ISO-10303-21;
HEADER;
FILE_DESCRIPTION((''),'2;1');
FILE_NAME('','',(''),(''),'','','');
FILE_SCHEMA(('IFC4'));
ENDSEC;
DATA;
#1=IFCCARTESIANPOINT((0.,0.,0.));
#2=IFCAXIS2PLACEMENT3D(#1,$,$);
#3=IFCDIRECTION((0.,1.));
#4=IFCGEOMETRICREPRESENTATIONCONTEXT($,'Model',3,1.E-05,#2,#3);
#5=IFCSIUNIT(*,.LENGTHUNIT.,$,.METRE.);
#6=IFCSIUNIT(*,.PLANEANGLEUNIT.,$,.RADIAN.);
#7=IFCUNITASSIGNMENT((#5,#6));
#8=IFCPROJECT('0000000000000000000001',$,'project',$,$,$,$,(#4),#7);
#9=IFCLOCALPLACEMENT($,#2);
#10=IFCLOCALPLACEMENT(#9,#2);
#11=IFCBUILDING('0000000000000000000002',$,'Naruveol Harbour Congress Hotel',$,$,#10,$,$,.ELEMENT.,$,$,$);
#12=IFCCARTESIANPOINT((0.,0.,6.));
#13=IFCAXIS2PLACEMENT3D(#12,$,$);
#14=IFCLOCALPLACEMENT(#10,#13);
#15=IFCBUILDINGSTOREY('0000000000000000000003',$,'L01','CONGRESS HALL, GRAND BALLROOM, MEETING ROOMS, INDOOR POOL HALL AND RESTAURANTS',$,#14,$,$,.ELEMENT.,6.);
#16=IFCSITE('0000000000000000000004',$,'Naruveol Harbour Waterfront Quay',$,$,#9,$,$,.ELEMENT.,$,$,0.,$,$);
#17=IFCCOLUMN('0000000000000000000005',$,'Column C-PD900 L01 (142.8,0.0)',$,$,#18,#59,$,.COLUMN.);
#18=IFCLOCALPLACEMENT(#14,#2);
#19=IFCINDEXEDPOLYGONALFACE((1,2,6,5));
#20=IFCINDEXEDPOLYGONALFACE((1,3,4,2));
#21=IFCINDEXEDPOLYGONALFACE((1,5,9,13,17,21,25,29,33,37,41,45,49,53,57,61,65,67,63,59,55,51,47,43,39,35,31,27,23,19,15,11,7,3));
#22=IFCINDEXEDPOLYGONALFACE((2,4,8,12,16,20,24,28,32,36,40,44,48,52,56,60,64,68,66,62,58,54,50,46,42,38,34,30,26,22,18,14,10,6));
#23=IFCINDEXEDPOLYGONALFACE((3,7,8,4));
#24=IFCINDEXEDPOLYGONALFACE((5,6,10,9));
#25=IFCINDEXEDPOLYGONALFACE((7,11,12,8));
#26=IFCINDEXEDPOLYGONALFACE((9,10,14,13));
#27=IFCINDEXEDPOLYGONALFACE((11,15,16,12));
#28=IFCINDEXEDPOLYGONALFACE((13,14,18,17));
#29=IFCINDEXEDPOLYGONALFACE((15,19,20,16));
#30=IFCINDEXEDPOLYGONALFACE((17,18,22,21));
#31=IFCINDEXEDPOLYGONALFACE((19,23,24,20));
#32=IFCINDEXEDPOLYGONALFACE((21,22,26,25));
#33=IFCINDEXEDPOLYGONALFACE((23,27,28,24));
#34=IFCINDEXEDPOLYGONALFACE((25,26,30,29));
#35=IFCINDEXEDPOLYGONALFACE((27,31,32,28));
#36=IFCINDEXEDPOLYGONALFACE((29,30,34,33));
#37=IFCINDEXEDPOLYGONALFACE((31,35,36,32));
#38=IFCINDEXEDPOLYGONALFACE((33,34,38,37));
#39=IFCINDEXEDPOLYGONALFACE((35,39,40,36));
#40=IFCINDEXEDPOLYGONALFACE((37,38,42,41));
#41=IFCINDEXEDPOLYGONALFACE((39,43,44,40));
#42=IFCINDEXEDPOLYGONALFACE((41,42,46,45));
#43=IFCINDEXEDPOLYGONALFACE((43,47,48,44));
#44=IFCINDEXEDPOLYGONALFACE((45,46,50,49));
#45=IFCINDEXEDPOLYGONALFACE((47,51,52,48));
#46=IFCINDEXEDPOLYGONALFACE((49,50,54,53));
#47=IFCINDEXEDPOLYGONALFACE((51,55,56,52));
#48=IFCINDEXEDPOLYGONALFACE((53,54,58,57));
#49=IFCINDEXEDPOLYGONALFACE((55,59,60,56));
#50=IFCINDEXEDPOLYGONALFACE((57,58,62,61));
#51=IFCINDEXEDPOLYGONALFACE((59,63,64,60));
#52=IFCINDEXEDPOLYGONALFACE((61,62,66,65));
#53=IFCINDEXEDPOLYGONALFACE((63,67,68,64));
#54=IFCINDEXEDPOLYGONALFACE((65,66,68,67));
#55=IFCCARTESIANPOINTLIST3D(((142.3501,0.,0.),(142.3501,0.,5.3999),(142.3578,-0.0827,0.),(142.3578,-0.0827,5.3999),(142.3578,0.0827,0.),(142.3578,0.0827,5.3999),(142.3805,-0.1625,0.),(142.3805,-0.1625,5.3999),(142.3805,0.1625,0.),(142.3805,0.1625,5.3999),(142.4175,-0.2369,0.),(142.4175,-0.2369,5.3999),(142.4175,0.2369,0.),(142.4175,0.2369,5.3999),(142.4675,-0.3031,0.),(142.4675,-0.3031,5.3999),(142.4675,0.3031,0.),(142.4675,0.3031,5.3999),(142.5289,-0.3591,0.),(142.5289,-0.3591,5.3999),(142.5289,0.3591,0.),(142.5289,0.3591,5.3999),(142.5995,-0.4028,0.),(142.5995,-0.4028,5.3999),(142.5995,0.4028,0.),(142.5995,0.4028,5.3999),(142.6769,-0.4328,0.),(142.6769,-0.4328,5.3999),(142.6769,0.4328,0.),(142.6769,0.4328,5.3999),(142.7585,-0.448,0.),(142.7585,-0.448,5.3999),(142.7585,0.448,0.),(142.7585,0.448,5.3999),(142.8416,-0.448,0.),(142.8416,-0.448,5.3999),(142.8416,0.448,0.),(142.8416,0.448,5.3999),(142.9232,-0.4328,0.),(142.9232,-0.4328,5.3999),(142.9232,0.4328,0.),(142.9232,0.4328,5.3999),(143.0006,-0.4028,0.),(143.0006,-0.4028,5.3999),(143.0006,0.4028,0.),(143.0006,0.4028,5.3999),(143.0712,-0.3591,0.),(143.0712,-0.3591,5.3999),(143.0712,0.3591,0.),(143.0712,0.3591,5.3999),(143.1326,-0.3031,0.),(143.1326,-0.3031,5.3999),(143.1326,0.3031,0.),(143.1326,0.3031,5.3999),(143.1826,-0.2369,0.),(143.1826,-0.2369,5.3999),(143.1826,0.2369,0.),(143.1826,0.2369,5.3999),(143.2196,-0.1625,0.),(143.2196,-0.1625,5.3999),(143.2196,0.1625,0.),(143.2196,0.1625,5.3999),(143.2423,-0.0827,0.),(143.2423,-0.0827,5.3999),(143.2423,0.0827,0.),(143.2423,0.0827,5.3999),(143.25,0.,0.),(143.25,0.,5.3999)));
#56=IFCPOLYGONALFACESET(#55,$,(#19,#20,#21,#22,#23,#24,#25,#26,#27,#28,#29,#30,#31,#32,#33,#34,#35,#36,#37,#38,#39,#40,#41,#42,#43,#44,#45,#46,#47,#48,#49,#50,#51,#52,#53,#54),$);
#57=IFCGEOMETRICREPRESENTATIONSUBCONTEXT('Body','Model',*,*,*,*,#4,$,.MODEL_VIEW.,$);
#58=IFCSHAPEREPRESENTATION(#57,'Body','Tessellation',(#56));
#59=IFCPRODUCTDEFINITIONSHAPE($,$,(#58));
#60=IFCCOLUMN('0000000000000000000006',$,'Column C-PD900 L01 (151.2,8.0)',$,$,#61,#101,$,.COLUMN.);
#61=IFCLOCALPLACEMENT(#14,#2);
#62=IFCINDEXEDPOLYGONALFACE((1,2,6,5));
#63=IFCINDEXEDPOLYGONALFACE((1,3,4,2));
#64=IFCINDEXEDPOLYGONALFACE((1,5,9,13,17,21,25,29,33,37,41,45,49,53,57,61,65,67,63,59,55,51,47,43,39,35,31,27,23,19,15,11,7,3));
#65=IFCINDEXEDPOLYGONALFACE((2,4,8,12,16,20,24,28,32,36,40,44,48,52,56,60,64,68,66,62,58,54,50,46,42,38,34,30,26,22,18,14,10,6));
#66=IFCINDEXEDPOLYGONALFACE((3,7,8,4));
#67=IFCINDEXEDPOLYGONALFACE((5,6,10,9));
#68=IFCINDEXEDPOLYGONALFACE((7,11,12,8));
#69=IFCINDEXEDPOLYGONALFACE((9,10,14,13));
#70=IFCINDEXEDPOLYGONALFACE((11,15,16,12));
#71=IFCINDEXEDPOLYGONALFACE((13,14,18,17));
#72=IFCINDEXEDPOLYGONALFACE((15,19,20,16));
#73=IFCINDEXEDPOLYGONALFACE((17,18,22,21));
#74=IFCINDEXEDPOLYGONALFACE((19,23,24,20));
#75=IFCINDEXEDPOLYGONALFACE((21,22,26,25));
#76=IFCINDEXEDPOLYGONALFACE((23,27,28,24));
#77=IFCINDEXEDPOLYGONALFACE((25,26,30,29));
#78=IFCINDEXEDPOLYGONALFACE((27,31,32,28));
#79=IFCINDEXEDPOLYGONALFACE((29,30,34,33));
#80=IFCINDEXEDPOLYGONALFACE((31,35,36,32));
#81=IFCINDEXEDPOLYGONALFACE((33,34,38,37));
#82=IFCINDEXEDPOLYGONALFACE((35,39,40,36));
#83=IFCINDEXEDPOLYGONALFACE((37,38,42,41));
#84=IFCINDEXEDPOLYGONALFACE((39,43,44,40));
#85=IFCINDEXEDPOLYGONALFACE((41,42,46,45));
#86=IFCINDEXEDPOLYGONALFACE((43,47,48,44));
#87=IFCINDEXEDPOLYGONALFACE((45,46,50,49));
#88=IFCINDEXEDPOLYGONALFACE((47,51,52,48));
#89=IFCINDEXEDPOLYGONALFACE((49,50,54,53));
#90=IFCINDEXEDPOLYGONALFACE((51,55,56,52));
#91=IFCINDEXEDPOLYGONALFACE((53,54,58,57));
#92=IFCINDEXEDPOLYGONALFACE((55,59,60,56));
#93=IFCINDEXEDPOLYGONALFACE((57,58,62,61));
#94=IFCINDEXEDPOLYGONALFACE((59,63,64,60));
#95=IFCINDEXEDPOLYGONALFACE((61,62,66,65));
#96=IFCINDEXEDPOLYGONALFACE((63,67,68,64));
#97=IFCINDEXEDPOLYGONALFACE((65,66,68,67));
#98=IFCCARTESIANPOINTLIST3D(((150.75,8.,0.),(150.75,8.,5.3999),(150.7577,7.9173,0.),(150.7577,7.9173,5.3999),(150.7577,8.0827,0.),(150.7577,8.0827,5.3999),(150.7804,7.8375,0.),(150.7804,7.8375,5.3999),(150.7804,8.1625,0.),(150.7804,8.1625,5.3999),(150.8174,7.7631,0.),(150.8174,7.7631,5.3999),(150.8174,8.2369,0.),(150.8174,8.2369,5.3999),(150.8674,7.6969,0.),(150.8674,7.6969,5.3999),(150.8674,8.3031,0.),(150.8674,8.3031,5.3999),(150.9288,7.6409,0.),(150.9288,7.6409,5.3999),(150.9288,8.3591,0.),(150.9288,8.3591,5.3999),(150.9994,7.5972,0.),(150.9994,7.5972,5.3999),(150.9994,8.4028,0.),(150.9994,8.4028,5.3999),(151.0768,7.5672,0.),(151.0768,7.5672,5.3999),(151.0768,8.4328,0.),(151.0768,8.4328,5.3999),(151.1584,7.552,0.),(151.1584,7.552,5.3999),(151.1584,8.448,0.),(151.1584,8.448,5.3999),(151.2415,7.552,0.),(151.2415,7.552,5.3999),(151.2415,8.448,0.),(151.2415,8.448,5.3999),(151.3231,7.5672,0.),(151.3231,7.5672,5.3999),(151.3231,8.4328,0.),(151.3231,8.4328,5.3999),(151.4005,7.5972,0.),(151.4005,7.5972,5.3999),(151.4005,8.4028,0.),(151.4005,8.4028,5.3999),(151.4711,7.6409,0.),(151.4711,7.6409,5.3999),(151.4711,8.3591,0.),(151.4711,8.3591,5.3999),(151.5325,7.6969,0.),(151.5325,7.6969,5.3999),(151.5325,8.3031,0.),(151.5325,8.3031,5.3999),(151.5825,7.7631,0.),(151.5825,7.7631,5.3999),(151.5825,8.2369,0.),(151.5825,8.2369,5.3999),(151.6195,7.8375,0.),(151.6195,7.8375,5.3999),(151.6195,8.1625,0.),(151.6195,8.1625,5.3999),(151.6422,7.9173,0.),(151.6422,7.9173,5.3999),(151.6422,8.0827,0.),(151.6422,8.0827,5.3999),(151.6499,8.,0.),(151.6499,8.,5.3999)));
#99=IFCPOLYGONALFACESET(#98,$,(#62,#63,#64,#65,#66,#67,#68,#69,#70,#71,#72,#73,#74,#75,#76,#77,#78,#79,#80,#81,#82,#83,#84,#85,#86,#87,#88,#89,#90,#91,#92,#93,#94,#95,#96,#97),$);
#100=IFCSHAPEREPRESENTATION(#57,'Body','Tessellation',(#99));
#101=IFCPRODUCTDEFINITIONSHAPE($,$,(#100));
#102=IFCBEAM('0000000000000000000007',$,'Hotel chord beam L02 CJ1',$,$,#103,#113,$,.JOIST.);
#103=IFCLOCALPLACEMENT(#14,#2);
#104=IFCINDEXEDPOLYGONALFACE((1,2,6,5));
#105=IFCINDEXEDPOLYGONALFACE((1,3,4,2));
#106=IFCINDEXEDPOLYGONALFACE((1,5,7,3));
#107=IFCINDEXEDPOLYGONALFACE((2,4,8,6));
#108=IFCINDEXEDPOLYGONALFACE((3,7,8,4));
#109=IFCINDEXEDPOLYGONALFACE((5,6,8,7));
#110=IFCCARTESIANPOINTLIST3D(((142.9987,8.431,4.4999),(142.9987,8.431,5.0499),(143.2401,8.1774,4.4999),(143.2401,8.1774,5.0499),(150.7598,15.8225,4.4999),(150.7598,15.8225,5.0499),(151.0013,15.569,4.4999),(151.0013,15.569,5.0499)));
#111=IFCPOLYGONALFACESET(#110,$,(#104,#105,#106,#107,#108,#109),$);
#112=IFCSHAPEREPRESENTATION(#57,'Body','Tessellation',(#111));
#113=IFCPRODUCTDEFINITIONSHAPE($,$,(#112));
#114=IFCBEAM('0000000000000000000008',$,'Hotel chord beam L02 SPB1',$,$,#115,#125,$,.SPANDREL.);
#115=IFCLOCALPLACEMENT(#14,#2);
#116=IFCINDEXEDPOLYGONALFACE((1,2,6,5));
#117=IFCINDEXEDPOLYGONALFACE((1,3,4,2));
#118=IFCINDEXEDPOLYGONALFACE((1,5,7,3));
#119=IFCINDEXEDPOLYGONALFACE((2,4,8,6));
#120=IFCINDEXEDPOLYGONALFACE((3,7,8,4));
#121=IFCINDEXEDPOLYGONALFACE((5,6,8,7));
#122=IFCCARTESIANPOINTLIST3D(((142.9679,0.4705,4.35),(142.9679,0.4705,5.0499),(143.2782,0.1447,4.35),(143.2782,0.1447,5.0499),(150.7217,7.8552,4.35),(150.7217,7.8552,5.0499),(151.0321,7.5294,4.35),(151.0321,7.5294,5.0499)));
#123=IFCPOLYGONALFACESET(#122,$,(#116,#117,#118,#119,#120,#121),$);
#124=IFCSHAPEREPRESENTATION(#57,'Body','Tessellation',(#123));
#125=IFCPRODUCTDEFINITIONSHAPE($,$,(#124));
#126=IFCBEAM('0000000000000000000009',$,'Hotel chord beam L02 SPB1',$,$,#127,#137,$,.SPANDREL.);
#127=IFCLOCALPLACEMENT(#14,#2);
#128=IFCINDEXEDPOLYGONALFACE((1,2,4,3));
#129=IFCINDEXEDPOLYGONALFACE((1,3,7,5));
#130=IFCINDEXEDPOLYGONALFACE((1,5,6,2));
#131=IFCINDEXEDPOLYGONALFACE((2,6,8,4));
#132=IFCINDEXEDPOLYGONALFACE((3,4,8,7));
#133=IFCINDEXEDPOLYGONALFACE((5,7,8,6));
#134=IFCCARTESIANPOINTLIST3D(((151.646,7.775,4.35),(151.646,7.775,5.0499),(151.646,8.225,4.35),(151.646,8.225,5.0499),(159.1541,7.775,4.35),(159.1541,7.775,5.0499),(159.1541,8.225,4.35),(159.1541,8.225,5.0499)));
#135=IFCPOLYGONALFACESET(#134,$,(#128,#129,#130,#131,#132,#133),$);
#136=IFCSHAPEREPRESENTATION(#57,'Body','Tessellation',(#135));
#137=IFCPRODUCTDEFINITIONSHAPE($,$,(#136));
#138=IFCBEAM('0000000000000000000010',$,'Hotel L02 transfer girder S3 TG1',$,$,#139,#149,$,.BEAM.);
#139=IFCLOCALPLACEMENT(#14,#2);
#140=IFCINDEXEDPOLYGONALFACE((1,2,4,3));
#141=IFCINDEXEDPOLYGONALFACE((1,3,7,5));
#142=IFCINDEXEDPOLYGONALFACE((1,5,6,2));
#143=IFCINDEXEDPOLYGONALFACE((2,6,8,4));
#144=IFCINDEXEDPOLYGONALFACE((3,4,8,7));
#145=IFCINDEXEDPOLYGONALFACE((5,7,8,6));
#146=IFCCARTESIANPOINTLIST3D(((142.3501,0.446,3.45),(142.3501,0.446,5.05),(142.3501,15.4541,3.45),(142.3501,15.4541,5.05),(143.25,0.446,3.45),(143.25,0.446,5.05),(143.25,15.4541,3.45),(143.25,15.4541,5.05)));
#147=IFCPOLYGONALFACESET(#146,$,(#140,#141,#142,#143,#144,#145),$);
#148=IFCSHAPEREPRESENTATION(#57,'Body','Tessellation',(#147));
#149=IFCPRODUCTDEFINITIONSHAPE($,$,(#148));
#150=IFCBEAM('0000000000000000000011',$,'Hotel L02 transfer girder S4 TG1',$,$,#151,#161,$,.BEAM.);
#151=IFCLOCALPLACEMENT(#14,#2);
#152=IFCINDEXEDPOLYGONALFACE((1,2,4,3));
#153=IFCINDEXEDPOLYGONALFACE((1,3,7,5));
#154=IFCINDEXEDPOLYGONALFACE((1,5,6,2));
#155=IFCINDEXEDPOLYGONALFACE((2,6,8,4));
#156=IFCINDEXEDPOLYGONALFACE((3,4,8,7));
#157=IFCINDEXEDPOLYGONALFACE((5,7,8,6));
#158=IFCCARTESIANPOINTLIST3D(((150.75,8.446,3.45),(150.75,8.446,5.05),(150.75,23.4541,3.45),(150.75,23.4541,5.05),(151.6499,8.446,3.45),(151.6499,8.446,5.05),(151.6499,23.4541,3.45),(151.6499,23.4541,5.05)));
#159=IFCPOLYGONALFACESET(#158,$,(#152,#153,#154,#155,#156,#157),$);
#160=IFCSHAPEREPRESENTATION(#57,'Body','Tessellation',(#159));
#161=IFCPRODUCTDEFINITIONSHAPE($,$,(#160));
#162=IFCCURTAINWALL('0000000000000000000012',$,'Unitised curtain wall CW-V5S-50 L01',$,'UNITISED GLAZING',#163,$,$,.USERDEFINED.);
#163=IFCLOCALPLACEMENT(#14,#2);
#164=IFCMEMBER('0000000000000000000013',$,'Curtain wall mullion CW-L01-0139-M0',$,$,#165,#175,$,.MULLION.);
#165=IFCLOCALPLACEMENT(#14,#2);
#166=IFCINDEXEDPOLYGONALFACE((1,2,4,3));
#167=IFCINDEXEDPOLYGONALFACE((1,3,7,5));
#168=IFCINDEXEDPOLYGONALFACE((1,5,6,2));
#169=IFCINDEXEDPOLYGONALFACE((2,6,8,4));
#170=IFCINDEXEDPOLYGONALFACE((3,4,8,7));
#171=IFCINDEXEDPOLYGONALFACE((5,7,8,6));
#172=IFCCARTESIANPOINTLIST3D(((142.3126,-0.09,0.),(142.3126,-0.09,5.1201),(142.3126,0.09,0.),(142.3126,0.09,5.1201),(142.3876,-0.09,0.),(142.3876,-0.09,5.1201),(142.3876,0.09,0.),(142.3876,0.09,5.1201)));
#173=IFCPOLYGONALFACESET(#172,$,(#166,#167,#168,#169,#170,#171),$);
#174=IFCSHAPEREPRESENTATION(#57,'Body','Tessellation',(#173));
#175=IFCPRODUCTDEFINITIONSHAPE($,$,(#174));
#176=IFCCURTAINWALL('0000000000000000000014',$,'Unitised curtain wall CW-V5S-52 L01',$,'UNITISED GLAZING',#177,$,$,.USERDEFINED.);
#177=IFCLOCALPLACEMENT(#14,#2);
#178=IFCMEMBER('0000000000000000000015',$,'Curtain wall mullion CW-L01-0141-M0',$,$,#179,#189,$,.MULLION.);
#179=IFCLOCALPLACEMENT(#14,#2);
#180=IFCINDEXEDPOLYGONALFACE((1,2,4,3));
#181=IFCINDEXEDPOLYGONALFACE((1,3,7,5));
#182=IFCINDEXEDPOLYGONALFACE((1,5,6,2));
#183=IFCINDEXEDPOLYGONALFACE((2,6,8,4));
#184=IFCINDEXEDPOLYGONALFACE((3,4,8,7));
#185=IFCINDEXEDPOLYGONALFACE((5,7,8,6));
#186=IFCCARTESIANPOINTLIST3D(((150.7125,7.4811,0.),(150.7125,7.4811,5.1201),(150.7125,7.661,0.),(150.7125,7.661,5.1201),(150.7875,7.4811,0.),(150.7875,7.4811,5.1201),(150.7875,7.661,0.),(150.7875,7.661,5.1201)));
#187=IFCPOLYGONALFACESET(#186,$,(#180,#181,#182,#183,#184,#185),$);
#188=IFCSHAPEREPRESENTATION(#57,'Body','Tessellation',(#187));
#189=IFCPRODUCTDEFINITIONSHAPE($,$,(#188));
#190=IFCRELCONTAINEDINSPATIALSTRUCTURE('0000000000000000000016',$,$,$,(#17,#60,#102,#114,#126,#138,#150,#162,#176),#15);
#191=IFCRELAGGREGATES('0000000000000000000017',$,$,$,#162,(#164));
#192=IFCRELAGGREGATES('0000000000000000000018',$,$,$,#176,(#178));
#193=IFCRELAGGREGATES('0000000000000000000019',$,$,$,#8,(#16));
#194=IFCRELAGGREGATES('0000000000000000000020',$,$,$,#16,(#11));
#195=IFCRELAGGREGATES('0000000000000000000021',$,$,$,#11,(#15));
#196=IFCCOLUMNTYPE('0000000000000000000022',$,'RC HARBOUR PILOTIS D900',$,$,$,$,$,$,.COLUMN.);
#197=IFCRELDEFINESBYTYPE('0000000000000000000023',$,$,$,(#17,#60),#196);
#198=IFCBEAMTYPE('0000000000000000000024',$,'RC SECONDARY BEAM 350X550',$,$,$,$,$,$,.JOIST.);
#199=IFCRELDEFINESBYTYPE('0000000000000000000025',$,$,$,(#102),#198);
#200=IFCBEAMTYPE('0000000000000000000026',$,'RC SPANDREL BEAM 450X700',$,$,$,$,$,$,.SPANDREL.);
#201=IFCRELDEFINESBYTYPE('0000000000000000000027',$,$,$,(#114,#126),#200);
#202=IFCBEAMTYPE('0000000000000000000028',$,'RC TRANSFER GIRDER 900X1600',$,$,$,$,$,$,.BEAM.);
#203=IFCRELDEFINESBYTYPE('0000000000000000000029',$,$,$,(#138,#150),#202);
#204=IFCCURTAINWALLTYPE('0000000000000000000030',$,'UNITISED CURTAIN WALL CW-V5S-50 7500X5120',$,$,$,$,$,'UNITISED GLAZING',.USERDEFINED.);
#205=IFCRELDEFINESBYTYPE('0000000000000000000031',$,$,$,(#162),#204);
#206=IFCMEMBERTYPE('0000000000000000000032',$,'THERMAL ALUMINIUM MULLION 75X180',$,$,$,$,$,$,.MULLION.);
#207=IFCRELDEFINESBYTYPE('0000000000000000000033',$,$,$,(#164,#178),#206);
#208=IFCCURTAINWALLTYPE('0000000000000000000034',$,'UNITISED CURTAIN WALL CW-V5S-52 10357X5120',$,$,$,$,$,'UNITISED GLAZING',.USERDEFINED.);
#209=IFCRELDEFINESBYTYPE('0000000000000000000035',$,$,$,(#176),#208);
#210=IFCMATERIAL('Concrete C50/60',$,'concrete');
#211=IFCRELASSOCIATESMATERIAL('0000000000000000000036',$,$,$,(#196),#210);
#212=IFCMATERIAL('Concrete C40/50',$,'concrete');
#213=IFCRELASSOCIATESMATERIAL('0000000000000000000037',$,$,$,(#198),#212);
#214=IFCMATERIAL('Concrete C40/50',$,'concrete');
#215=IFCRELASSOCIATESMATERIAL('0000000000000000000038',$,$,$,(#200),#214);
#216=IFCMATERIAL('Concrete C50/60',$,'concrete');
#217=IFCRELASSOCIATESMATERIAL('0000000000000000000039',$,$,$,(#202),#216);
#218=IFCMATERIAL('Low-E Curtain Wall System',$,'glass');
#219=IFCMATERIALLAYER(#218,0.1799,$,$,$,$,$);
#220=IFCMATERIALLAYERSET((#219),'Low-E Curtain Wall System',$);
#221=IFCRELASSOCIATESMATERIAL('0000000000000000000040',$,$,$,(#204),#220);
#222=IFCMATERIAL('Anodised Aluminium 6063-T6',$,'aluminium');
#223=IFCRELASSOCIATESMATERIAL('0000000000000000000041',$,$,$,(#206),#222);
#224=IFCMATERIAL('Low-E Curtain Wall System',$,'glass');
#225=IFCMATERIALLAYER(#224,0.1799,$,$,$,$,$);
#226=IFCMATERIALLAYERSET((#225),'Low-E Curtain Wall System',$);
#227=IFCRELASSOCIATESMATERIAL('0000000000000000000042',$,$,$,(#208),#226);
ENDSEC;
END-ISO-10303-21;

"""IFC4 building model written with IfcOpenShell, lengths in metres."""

from ifc_helpers import new_model, si_unit, direction, frame, origin, origin_2d, place, context, subcontext, project, spatial, rectangle, circle, extrude, material, layer, layer_set, material_profile, profile_set, type_object, element, aggregate, save


model = new_model("IFC4")

# Units and contexts
model_context = context("Model", 3, precision=1e-05, world=origin(), true_north=direction((0.0, 1.0)))
body_context = subcontext(model_context, "Body", "Model", "MODEL_VIEW")
ifc_project = project(units=[si_unit("LENGTHUNIT", "METRE"), si_unit("PLANEANGLEUNIT", "RADIAN")], contexts=[model_context])

# Site, building, storey
site_placement = place(None, origin())
site = spatial("IfcSite", under=ifc_project, at=site_placement, Name="Naruveol Harbour Waterfront Quay", CompositionType="ELEMENT", RefElevation=0.0)
building_placement = place(site_placement, origin())
building = spatial("IfcBuilding", under=site, at=building_placement, Name="Naruveol Harbour Congress Hotel", CompositionType="ELEMENT")
storey_placement = place(building_placement, frame((0.0, 0.0, 6.0)))
storey = spatial("IfcBuildingStorey", under=building, at=storey_placement, Name="L01", Description="CONGRESS HALL, GRAND BALLROOM, MEETING ROOMS, INDOOR POOL HALL AND RESTAURANTS", CompositionType="ELEMENT", Elevation=6.0)

# Columns
ifc_material_1 = material(Name="Concrete C50/60", Category="concrete")
ifc_material_profile_1 = material_profile(ifc_material_1, circle(Radius=0.45, at=origin_2d()), Name="RC-D900")
ifc_profile_set_1 = profile_set([ifc_material_profile_1], Name="Concrete C50/60")
column_type = type_object("IfcColumnType", Name="RC HARBOUR PILOTIS D900", PredefinedType="COLUMN", material=ifc_profile_set_1)
for number, where, z_axis, x_axis, name in (
    (1, (142.8, 0.0, 0.0), (0.0, 0.0, 1.0), (1.0, 0.0, 0.0), "Column C-PD900 L01 (142.8,0.0)"),
    (2, (151.2, 8.0, 0.0), (0.0, 0.0, 1.0), (1.0, 0.0, 0.0), "Column C-PD900 L01 (151.2,8.0)"),
):
    element("IfcColumn", number, at=place(storey_placement, frame(where, z_axis=z_axis, x_axis=x_axis)), inside=storey, type_object=column_type, Name=name, PredefinedType="COLUMN", context=body_context, shape_type="SweptSolid", body=[
        extrude(circle(Radius=0.45, at=origin_2d()), origin(), (0.0, 0.0, 1.0), 5.3999),
    ])

# Beams
ifc_material_2 = material(Name="Concrete C40/50", Category="concrete")
ifc_material_profile_2 = material_profile(ifc_material_2, rectangle(XDim=0.3501, YDim=0.55, at=origin_2d()), Name="RCB-350x550")
ifc_profile_set_2 = profile_set([ifc_material_profile_2], Name="Concrete C40/50")
beam_type_1 = type_object("IfcBeamType", Name="RC SECONDARY BEAM 350X550", PredefinedType="JOIST", material=ifc_profile_set_2)
beam_1_placement = place(storey_placement, frame((143.1194, 8.3042, 4.7749), z_axis=(0.72414, 0.689653, 0.0), x_axis=(-0.689653, 0.72414, 0.0)))
element("IfcBeam", 3, at=beam_1_placement, inside=storey, type_object=beam_type_1, Name="Hotel chord beam L02 CJ1", PredefinedType="JOIST", context=body_context, shape_type="SweptSolid", body=[
    extrude(rectangle(XDim=0.3501, YDim=0.55, at=origin_2d()), origin(), (0.0, 0.0, 1.0), 10.7178),
])
ifc_material_3 = material(Name="Concrete C40/50", Category="concrete")
ifc_material_profile_3 = material_profile(ifc_material_3, rectangle(XDim=0.45, YDim=0.7, at=origin_2d()), Name="RCB-450x700")
ifc_profile_set_3 = profile_set([ifc_material_profile_3], Name="Concrete C40/50")
beam_type_2 = type_object("IfcBeamType", Name="RC SPANDREL BEAM 450X700", PredefinedType="SPANDREL", material=ifc_profile_set_3)
beam_2_placement = place(storey_placement, frame((143.123, 0.3076, 4.7), z_axis=(0.724134, 0.68966, 0.0), x_axis=(-0.68966, 0.724134, 0.0)))
element("IfcBeam", 4, at=beam_2_placement, inside=storey, type_object=beam_type_2, Name="Hotel chord beam L02 SPB1", PredefinedType="SPANDREL", context=body_context, shape_type="SweptSolid", body=[
    extrude(rectangle(XDim=0.45, YDim=0.7, at=origin_2d()), origin(), (0.0, 0.0, 1.0), 10.7078),
])
beam_3_placement = place(storey_placement, frame((151.646, 8.0, 4.7), z_axis=(1.0, 0.0, 0.0), x_axis=(0.0, 1.0, 0.0)))
element("IfcBeam", 5, at=beam_3_placement, inside=storey, type_object=beam_type_2, Name="Hotel chord beam L02 SPB1", PredefinedType="SPANDREL", context=body_context, shape_type="SweptSolid", body=[
    extrude(rectangle(XDim=0.45, YDim=0.7, at=origin_2d()), origin(), (0.0, 0.0, 1.0), 7.5081),
])
ifc_material_4 = material(Name="Concrete C50/60", Category="concrete")
ifc_material_profile_4 = material_profile(ifc_material_4, rectangle(XDim=0.8999, YDim=1.6001, at=origin_2d()), Name="RCB-900x1600")
ifc_profile_set_4 = profile_set([ifc_material_profile_4], Name="Concrete C50/60")
beam_type_3 = type_object("IfcBeamType", Name="RC TRANSFER GIRDER 900X1600", PredefinedType="BEAM", material=ifc_profile_set_4)
for number, where, z_axis, x_axis, name in (
    (6, (142.8, 0.446, 4.25), (0.0, 1.0, 0.0), (-1.0, 0.0, 0.0), "Hotel L02 transfer girder S3 TG1"),
    (7, (151.2, 8.446, 4.25), (0.0, 1.0, 0.0), (-1.0, 0.0, 0.0), "Hotel L02 transfer girder S4 TG1"),
):
    element("IfcBeam", number, at=place(storey_placement, frame(where, z_axis=z_axis, x_axis=x_axis)), inside=storey, type_object=beam_type_3, Name=name, PredefinedType="BEAM", context=body_context, shape_type="SweptSolid", body=[
        extrude(rectangle(XDim=0.8999, YDim=1.6001, at=origin_2d()), origin(), (0.0, 0.0, 1.0), 15.0081),
    ])

# Curtain wall, member
ifc_material_5 = material(Name="Low-E Curtain Wall System", Category="glass")
ifc_layer_1 = layer(ifc_material_5, 0.1799)
ifc_layer_set_1 = layer_set([ifc_layer_1], Name="Low-E Curtain Wall System")
curtain_wall_type_1 = type_object("IfcCurtainWallType", Name="UNITISED CURTAIN WALL CW-V5S-50 7500X5120", ElementType="UNITISED GLAZING", PredefinedType="USERDEFINED", material=ifc_layer_set_1)
curtain_wall_1_placement = place(storey_placement, origin())
curtain_wall_1 = element("IfcCurtainWall", 8, at=curtain_wall_1_placement, inside=storey, type_object=curtain_wall_type_1, Name="Unitised curtain wall CW-V5S-50 L01", ObjectType="UNITISED GLAZING", PredefinedType="USERDEFINED")
ifc_material_6 = material(Name="Anodised Aluminium 6063-T6", Category="aluminium")
ifc_material_profile_5 = material_profile(ifc_material_6, rectangle(XDim=0.075, YDim=0.1799, at=origin_2d()), Name="ALU-75x180")
ifc_profile_set_5 = profile_set([ifc_material_profile_5], Name="Anodised Aluminium 6063-T6")
member_type_1 = type_object("IfcMemberType", Name="THERMAL ALUMINIUM MULLION 75X180", PredefinedType="MULLION", material=ifc_profile_set_5)
member_1_placement = place(storey_placement, frame((142.3501, 0.0, 0.0), z_axis=(0.0, 0.0, 1.0), x_axis=(1.0, 0.0, 0.0)))
member_1 = element("IfcMember", 9, at=member_1_placement, type_object=member_type_1, Name="Curtain wall mullion CW-L01-0139-M0", PredefinedType="MULLION", context=body_context, shape_type="SweptSolid", body=[
    extrude(rectangle(XDim=0.075, YDim=0.1799, at=origin_2d()), origin(), (0.0, 0.0, 1.0), 5.1201),
])

# Curtain wall, member
ifc_material_7 = material(Name="Low-E Curtain Wall System", Category="glass")
ifc_layer_2 = layer(ifc_material_7, 0.1799)
ifc_layer_set_2 = layer_set([ifc_layer_2], Name="Low-E Curtain Wall System")
curtain_wall_type_2 = type_object("IfcCurtainWallType", Name="UNITISED CURTAIN WALL CW-V5S-52 10357X5120", ElementType="UNITISED GLAZING", PredefinedType="USERDEFINED", material=ifc_layer_set_2)
curtain_wall_2_placement = place(storey_placement, origin())
curtain_wall_2 = element("IfcCurtainWall", 10, at=curtain_wall_2_placement, inside=storey, type_object=curtain_wall_type_2, Name="Unitised curtain wall CW-V5S-52 L01", ObjectType="UNITISED GLAZING", PredefinedType="USERDEFINED")
member_2_placement = place(storey_placement, frame((150.75, 7.571, 0.0), z_axis=(0.0, 0.0, 1.0), x_axis=(1.0, 0.0, 0.0)))
member_2 = element("IfcMember", 11, at=member_2_placement, type_object=member_type_1, Name="Curtain wall mullion CW-L01-0141-M0", PredefinedType="MULLION", context=body_context, shape_type="SweptSolid", body=[
    extrude(rectangle(XDim=0.075, YDim=0.1799, at=origin_2d()), origin(), (0.0, 0.0, 1.0), 5.1201),
])

aggregate(curtain_wall_1, [member_1])
aggregate(curtain_wall_2, [member_2])

save(model, "model.ifc")
